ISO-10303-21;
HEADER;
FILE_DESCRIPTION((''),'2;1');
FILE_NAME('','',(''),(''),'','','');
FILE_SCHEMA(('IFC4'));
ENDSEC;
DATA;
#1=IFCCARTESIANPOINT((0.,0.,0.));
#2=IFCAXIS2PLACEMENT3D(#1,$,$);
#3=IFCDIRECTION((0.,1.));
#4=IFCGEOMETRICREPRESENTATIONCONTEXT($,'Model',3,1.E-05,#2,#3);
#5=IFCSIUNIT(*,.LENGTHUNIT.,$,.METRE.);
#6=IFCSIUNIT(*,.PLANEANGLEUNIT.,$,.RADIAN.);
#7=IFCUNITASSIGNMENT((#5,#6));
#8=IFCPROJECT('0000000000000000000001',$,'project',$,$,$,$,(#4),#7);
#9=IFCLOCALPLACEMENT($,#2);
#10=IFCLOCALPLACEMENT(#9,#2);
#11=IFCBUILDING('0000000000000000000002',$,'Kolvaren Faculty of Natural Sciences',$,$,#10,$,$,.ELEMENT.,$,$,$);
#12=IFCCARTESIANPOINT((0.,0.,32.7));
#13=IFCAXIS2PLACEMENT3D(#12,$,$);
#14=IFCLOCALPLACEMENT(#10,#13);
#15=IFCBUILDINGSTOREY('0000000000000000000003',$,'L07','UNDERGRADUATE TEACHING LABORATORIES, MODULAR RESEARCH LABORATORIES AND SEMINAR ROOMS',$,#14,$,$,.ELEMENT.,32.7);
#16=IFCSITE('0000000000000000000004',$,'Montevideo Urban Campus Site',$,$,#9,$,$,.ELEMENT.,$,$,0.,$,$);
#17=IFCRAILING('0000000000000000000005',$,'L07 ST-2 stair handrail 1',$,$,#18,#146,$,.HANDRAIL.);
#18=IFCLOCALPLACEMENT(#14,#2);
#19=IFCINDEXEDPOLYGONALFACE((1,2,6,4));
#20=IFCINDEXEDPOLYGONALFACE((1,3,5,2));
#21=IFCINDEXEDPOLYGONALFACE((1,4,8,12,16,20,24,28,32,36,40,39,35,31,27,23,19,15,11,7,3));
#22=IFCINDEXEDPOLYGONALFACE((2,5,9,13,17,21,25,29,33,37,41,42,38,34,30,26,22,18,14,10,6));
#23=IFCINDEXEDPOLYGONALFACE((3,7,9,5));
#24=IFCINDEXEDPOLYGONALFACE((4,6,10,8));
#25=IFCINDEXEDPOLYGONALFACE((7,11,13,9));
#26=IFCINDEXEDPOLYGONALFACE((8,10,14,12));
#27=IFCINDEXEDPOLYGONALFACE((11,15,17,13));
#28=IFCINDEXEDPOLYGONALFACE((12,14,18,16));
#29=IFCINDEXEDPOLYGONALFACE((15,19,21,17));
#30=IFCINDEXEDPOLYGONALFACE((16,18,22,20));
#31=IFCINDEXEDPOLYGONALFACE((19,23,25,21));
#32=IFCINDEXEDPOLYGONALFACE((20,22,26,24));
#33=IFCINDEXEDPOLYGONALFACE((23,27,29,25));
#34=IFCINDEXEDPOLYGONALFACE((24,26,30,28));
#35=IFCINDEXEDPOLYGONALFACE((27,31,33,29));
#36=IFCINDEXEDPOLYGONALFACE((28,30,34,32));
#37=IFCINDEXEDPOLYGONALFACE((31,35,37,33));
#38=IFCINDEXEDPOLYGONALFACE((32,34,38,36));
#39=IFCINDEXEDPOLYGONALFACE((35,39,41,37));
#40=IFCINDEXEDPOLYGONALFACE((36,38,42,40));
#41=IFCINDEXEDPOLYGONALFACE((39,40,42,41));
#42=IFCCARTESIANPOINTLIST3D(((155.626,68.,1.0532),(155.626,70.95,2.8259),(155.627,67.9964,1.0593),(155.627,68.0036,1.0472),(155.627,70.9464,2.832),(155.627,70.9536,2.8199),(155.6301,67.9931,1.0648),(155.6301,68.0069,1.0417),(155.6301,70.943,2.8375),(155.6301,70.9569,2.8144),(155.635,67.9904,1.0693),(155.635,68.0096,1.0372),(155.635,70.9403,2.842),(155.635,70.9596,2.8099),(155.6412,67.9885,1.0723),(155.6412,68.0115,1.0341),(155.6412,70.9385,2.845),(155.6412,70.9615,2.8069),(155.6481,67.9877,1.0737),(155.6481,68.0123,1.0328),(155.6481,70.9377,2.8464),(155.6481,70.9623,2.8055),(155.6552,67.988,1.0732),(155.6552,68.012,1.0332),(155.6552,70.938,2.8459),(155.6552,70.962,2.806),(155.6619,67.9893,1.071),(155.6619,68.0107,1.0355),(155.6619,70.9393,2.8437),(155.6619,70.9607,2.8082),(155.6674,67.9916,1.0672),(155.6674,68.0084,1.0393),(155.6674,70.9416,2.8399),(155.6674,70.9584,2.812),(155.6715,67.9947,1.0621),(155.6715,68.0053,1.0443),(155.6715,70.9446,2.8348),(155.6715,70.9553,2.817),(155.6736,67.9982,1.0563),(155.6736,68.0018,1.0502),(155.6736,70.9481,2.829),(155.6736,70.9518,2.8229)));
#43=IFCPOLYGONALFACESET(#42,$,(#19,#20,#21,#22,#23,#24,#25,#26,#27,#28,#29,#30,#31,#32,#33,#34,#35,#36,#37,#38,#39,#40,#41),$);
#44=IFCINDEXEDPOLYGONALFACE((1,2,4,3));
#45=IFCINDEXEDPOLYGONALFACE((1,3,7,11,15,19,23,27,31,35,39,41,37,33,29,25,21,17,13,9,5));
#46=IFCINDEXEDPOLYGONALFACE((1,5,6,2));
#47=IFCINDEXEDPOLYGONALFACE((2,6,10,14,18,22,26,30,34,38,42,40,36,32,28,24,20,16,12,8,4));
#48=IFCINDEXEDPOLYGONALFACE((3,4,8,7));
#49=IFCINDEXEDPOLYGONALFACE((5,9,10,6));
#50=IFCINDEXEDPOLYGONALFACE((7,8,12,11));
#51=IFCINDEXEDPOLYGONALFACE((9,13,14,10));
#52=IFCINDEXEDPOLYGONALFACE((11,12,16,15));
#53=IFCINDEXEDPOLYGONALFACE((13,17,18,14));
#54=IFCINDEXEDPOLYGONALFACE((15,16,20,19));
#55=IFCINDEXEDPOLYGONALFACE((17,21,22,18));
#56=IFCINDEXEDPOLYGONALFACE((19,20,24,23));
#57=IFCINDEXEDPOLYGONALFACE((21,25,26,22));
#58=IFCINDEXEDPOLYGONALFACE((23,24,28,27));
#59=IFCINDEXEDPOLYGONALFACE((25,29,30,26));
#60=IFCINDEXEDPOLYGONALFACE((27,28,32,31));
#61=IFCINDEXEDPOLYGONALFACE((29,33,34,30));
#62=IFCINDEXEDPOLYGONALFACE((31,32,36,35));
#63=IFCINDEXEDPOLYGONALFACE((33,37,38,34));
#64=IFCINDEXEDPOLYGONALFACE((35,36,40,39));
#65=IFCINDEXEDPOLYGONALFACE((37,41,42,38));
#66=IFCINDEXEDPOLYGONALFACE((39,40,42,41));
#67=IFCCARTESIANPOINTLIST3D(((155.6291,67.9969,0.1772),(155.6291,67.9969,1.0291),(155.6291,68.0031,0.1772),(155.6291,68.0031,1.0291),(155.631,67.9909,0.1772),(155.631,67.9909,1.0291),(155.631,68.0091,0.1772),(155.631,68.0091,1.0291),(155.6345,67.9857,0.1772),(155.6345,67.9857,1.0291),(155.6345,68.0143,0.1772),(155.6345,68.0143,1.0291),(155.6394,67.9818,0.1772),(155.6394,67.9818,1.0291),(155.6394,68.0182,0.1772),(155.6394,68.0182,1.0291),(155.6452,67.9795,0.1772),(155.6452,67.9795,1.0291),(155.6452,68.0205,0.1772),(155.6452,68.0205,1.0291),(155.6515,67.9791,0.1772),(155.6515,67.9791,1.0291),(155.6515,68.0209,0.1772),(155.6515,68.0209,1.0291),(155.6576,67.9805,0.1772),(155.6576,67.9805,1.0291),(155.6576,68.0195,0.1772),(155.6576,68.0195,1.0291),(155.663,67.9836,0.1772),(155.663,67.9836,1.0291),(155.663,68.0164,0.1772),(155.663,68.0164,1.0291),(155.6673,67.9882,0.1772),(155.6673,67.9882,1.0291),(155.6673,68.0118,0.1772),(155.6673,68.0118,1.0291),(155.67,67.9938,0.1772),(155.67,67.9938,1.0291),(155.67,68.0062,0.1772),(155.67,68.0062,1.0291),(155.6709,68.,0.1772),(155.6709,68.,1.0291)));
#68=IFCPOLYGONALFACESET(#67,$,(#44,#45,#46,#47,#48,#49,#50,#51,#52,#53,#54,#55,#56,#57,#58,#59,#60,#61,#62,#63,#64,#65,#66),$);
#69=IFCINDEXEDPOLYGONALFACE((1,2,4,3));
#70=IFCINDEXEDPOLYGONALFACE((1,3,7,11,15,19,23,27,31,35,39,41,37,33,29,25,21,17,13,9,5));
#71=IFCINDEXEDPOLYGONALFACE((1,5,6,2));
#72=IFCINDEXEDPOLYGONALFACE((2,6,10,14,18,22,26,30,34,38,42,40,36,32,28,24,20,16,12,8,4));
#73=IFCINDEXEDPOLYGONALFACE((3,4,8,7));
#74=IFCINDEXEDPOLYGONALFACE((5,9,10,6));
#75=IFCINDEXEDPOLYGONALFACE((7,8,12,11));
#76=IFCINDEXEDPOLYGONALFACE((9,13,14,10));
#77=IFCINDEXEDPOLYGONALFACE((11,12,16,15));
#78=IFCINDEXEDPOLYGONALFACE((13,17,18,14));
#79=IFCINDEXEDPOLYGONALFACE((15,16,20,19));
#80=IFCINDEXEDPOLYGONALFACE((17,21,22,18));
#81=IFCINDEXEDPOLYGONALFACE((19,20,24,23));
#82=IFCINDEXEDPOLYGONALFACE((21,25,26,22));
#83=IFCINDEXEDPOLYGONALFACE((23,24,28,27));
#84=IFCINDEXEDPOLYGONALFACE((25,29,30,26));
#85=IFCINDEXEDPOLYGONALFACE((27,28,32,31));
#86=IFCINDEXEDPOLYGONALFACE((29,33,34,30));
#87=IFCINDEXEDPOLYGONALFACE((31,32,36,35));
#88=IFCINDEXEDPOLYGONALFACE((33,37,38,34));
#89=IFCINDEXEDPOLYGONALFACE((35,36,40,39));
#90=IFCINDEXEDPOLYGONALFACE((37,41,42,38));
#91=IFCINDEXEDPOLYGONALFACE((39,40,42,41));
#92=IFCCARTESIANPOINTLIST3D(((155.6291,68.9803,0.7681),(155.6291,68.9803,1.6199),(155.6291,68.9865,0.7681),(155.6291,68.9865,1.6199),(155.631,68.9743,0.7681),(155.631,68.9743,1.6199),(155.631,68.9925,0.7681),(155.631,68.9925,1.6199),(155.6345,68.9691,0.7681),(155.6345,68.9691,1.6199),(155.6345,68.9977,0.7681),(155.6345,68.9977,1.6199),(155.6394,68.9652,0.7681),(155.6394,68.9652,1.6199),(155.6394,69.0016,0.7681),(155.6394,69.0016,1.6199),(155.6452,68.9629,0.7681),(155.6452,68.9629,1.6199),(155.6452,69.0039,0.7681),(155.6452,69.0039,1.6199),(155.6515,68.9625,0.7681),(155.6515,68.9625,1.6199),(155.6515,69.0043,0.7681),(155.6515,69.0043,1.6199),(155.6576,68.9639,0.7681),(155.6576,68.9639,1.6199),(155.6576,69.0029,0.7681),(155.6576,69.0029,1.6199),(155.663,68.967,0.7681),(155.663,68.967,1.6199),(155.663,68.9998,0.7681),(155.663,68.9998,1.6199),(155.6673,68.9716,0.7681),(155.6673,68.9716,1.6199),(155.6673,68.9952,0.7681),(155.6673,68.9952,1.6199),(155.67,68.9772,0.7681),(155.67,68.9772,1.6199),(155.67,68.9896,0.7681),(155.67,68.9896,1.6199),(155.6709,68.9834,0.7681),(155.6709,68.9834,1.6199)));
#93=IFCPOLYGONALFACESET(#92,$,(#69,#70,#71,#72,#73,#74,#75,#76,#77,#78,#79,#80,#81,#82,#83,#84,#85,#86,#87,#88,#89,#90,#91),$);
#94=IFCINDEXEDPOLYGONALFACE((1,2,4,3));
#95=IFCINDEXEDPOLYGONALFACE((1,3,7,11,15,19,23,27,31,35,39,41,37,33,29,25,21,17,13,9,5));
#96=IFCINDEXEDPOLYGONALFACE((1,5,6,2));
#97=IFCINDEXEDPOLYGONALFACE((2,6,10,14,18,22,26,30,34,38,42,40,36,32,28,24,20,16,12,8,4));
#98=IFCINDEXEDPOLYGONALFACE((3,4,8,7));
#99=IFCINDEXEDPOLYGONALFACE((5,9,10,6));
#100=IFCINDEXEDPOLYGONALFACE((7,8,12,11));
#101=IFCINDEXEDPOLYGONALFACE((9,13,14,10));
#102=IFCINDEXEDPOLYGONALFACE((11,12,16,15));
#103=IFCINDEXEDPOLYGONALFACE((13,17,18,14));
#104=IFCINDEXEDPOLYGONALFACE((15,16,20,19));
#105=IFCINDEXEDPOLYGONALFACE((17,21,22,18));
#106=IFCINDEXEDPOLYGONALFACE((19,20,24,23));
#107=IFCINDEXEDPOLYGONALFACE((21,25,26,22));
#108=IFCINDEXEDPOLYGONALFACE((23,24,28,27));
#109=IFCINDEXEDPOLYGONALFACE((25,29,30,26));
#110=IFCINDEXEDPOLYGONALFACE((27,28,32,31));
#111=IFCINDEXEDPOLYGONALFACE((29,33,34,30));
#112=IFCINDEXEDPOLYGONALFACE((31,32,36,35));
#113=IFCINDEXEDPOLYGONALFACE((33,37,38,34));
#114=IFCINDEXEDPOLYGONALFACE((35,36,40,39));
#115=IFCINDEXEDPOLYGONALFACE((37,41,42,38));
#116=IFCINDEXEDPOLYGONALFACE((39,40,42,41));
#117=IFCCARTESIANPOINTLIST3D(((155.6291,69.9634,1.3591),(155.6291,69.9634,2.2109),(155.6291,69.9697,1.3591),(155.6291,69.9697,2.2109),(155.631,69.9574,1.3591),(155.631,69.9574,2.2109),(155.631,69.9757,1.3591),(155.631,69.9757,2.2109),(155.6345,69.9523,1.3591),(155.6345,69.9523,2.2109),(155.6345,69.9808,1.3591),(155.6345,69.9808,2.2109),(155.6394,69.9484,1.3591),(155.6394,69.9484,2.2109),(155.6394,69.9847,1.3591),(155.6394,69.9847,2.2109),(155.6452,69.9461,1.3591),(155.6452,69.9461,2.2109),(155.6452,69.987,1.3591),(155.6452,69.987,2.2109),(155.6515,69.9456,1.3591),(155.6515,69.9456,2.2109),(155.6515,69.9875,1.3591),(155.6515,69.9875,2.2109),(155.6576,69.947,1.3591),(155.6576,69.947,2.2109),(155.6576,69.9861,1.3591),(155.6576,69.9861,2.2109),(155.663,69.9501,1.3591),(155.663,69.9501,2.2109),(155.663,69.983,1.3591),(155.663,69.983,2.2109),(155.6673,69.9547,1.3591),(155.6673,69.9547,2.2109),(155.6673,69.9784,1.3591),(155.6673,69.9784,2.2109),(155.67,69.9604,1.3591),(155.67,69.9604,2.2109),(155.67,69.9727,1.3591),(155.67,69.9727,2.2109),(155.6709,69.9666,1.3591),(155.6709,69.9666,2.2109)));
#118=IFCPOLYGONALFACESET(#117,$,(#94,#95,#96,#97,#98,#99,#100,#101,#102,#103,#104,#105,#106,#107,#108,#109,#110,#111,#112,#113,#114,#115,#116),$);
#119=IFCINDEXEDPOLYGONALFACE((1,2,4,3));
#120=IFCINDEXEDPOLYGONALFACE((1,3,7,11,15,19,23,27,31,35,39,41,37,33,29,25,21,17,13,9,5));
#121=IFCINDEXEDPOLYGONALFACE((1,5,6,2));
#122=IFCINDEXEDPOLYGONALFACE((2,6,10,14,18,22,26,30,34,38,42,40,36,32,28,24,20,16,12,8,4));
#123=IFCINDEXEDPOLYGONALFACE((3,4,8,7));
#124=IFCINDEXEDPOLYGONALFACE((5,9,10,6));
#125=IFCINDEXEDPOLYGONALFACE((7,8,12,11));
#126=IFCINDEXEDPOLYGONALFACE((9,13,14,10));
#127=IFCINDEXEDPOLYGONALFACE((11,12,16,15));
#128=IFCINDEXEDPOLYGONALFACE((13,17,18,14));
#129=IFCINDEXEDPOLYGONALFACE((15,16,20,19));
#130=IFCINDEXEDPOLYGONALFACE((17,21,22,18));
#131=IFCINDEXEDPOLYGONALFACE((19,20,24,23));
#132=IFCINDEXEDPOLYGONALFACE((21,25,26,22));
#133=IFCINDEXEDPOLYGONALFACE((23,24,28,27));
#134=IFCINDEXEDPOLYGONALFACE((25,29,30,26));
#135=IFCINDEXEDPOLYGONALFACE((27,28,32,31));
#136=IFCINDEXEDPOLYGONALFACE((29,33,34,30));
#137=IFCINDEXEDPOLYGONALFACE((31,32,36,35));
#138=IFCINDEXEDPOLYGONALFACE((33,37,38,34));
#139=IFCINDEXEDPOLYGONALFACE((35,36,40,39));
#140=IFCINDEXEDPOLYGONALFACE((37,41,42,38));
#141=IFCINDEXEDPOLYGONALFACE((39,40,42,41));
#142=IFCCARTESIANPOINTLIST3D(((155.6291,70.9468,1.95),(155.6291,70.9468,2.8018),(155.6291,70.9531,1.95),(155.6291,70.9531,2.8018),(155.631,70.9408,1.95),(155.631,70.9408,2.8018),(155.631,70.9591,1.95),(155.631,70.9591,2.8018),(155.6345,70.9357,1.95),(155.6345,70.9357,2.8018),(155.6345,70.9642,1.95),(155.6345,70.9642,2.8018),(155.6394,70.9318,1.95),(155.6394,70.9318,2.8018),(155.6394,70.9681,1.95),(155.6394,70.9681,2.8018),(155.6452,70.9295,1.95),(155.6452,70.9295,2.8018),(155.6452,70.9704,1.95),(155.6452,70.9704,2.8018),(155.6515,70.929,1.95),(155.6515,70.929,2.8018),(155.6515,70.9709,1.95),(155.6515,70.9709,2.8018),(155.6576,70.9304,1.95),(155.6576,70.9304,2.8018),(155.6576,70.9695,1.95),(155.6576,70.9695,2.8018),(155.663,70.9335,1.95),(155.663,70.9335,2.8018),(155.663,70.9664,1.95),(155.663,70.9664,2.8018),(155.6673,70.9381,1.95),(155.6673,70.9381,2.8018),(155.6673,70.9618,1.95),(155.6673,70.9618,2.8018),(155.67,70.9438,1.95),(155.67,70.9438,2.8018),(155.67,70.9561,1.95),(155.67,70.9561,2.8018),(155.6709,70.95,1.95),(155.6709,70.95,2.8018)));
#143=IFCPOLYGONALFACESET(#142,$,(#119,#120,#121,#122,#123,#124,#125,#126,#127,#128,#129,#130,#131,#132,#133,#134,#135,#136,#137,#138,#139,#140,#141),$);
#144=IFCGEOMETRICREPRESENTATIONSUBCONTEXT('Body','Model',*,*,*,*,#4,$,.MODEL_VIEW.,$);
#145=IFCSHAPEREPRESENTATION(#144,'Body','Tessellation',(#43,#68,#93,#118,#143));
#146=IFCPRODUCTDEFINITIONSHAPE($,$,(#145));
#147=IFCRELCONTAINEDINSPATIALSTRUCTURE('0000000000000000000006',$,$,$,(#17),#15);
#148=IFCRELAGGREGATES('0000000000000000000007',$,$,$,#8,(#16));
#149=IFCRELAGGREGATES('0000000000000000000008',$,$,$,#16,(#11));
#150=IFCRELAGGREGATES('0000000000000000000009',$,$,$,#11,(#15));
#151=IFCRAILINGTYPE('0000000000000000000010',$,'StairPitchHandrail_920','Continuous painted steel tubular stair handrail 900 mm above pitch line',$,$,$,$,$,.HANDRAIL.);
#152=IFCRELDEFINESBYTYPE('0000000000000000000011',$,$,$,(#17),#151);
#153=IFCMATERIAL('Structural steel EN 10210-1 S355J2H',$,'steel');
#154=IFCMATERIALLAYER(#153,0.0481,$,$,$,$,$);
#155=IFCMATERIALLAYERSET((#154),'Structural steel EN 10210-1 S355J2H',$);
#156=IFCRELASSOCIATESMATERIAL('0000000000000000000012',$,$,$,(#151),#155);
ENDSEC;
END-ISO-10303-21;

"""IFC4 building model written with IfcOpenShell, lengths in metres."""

from ifc_helpers import new_model, si_unit, direction, frame, origin, origin_2d, place, context, subcontext, project, spatial, circle, extrude, material, layer, layer_set, type_object, element, save


model = new_model("IFC4")

# Units and contexts
model_context = context("Model", 3, precision=1e-05, world=origin(), true_north=direction((0.0, 1.0)))
body_context = subcontext(model_context, "Body", "Model", "MODEL_VIEW")
ifc_project = project(units=[si_unit("LENGTHUNIT", "METRE"), si_unit("PLANEANGLEUNIT", "RADIAN")], contexts=[model_context])

# Site, building, storey
site_placement = place(None, origin())
site = spatial("IfcSite", under=ifc_project, at=site_placement, Name="Montevideo Urban Campus Site", CompositionType="ELEMENT", RefElevation=0.0)
building_placement = place(site_placement, origin())
building = spatial("IfcBuilding", under=site, at=building_placement, Name="Kolvaren Faculty of Natural Sciences", CompositionType="ELEMENT")
storey_placement = place(building_placement, frame((0.0, 0.0, 32.7)))
storey = spatial("IfcBuildingStorey", under=building, at=storey_placement, Name="L07", Description="UNDERGRADUATE TEACHING LABORATORIES, MODULAR RESEARCH LABORATORIES AND SEMINAR ROOMS", CompositionType="ELEMENT", Elevation=32.7)

# Railing
ifc_material_1 = material(Name="Structural steel EN 10210-1 S355J2H", Category="steel")
ifc_layer_1 = layer(ifc_material_1, 0.0481)
ifc_layer_set_1 = layer_set([ifc_layer_1], Name="Structural steel EN 10210-1 S355J2H")
railing_type_1 = type_object("IfcRailingType", Name="StairPitchHandrail_920", Description="Continuous painted steel tubular stair handrail 900 mm above pitch line", PredefinedType="HANDRAIL", material=ifc_layer_set_1)
railing_1_placement = place(storey_placement, frame((155.6499, 68.0, 0.1772)))
element("IfcRailing", 1, at=railing_1_placement, inside=storey, type_object=railing_type_1, Name="L07 ST-2 stair handrail 1", PredefinedType="HANDRAIL", context=body_context, shape_type="SweptSolid", body=[
    extrude(circle(Radius=0.0239, at=origin_2d()), frame((0.0, 0.0, 0.876), z_axis=(0.0, 0.857142, 0.51508), x_axis=(-1.0, 0.0, 0.0)), (0.0, 0.0, 1.0), 3.4417),
    extrude(circle(Radius=0.021, at=origin_2d()), origin(), (0.0, 0.0, 1.0), 0.8518),
    extrude(circle(Radius=0.021, at=origin_2d()), frame((0.0, 0.9834, 0.5908)), (0.0, 0.0, 1.0), 0.8518),
    extrude(circle(Radius=0.021, at=origin_2d()), frame((0.0, 1.9666, 1.1819)), (0.0, 0.0, 1.0), 0.8518),
    extrude(circle(Radius=0.021, at=origin_2d()), frame((0.0, 2.95, 1.7727)), (0.0, 0.0, 1.0), 0.8518),
])

save(model, "model.ifc")
